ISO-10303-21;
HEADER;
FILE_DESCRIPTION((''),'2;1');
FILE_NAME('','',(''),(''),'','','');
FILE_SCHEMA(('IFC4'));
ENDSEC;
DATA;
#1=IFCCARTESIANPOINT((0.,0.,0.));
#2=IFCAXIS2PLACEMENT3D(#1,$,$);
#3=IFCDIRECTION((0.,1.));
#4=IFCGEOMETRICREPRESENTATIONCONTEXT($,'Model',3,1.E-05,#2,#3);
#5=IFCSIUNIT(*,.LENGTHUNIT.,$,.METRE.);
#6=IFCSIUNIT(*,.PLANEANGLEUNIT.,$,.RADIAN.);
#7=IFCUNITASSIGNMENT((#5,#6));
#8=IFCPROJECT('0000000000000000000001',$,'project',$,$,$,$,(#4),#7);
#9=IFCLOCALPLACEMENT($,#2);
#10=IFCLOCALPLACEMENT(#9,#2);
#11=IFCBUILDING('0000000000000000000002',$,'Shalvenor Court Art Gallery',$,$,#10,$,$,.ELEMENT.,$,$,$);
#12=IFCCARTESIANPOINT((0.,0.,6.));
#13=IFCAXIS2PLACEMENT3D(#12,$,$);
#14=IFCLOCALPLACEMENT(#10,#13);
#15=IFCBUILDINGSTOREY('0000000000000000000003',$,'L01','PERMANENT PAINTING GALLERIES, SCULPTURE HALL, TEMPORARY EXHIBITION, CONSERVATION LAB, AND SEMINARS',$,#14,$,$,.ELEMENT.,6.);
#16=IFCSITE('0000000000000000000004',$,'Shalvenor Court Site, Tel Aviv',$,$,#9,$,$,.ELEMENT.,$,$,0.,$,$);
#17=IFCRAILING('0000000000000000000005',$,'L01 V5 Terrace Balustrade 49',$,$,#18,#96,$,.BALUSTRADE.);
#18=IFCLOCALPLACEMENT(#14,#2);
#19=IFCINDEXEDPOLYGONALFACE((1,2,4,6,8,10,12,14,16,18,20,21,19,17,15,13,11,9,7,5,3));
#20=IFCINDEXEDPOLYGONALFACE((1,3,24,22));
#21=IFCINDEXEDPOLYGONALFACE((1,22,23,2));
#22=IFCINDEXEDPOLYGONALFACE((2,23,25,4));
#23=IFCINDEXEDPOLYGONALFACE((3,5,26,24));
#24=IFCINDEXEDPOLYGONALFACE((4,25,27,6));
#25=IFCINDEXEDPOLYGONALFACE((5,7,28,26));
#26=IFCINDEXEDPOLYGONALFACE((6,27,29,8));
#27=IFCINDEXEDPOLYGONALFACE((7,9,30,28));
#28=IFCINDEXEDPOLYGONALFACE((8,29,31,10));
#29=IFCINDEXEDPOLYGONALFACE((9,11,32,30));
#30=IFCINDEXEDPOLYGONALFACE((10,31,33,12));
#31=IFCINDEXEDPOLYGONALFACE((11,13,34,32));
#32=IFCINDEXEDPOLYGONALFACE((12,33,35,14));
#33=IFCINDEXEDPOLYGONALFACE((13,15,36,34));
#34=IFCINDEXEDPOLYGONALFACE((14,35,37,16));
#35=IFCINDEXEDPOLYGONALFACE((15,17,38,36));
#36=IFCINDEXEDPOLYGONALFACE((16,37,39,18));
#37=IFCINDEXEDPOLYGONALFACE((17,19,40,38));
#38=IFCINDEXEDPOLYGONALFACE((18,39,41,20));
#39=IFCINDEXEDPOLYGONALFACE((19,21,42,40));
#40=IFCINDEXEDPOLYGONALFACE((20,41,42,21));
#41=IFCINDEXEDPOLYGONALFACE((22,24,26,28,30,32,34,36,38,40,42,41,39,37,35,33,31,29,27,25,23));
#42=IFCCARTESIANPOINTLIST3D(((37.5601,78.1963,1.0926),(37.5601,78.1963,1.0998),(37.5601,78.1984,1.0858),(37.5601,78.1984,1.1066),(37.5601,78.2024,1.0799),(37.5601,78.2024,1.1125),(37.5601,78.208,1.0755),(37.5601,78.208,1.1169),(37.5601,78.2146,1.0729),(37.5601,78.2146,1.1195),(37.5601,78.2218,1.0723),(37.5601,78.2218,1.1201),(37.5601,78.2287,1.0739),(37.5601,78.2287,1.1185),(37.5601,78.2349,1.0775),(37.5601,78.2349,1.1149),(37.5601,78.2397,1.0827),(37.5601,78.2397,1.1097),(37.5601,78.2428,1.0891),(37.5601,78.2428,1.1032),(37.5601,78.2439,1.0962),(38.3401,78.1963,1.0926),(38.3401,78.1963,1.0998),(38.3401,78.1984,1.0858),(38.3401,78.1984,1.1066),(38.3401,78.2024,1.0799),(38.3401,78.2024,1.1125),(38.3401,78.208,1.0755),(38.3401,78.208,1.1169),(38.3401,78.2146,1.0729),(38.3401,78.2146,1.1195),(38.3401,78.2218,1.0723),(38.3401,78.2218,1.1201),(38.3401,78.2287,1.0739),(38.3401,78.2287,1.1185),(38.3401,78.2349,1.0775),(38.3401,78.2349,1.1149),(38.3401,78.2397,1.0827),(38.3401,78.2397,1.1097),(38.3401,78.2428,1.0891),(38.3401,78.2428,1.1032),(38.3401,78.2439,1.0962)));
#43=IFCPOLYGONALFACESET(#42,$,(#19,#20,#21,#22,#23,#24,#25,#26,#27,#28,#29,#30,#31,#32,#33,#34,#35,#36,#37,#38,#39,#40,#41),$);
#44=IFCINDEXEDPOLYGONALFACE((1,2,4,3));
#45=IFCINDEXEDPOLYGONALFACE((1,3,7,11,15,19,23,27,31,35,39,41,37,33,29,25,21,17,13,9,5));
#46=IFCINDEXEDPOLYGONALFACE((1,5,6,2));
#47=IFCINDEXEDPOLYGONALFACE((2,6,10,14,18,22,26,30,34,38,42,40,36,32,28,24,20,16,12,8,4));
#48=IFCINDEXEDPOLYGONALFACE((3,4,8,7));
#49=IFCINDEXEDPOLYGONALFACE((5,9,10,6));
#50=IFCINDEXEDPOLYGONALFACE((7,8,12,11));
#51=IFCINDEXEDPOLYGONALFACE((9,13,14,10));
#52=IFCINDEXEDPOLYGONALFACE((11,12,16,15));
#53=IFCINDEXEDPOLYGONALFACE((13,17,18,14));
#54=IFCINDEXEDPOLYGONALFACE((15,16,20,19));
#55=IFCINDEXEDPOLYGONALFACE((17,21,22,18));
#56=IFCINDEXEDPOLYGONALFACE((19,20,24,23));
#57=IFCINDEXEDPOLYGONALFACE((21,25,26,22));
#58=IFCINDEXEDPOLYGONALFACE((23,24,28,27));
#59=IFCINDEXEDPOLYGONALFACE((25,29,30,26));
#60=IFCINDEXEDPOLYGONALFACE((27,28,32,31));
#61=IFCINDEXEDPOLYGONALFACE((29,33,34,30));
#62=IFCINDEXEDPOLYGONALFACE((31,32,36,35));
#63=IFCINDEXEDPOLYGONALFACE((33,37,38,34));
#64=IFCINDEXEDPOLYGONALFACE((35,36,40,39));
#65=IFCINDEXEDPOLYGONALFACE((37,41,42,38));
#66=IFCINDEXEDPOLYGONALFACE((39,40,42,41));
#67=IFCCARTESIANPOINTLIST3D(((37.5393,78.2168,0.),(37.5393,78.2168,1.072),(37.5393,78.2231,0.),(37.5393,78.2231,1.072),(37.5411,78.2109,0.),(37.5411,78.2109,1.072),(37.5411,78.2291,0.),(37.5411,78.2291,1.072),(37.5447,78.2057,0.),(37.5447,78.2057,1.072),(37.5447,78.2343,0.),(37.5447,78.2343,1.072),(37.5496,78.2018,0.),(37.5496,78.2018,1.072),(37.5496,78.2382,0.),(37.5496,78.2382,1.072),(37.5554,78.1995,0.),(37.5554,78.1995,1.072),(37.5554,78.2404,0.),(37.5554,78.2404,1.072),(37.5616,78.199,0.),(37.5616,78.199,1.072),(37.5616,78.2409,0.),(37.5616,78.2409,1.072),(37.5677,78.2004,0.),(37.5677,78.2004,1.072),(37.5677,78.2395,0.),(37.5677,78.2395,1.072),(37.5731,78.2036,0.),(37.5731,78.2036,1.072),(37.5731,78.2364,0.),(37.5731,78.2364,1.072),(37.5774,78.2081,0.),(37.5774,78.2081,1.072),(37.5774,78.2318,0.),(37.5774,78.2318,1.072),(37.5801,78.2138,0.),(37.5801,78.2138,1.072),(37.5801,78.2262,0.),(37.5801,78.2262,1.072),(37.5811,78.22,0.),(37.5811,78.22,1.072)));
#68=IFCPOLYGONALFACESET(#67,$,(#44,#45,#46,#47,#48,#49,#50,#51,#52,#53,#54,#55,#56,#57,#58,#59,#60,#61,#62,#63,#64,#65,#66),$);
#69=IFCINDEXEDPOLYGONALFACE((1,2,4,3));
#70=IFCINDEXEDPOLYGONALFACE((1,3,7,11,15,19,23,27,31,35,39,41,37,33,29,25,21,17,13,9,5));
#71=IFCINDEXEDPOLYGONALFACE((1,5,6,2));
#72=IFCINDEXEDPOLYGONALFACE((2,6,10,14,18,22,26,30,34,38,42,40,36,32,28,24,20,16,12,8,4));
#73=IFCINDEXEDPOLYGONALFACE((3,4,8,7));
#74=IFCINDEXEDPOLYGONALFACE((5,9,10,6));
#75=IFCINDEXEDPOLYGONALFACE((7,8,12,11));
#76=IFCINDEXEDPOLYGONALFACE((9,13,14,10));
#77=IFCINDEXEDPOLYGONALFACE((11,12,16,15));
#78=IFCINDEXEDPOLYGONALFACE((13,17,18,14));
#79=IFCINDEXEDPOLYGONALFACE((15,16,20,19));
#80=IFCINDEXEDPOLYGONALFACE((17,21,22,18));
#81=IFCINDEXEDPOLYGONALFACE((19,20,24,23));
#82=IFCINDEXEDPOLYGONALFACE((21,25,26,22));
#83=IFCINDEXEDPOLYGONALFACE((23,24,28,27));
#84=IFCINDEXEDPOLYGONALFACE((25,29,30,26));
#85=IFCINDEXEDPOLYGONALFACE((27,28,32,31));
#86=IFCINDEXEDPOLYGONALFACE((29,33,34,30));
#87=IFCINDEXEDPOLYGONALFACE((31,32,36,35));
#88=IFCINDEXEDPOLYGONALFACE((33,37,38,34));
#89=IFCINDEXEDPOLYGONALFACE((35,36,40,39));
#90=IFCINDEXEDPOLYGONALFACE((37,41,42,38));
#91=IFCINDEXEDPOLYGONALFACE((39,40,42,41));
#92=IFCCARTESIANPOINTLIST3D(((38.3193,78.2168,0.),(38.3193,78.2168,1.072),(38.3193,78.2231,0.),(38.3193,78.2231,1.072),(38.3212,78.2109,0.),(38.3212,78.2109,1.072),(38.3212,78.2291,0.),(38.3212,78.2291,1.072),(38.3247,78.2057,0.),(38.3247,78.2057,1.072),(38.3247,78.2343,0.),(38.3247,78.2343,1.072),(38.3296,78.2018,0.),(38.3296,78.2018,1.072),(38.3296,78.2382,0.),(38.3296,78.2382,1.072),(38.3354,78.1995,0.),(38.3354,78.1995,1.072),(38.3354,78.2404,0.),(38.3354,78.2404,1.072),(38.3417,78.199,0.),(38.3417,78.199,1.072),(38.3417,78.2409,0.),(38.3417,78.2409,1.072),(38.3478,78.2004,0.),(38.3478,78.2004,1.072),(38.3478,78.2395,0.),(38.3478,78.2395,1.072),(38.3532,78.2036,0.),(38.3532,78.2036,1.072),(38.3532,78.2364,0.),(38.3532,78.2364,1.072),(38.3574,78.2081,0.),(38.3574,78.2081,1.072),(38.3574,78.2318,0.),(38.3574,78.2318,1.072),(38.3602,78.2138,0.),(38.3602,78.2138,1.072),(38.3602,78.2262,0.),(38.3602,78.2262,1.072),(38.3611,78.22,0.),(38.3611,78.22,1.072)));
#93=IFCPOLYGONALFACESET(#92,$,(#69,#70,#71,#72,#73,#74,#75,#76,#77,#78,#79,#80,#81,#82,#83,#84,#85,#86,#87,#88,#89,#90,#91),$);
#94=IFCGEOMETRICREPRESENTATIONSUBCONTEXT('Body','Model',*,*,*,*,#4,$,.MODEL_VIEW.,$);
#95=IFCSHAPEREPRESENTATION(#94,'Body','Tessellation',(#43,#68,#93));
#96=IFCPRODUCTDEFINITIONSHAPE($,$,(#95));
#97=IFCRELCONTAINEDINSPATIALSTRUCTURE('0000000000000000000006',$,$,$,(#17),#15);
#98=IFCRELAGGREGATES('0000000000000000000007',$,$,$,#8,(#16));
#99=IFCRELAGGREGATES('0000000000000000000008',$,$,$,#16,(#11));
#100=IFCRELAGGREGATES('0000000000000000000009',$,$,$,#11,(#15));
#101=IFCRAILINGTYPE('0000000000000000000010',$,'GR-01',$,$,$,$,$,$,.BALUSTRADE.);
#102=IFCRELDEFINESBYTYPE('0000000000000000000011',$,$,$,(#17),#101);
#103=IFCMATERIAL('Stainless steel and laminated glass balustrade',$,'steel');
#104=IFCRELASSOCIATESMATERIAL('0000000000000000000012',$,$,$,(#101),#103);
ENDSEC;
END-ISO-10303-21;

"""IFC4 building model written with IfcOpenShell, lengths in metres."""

from ifc_helpers import new_model, si_unit, direction, frame, origin, origin_2d, place, context, subcontext, project, spatial, circle, extrude, material, type_object, element, save


model = new_model("IFC4")

# Units and contexts
model_context = context("Model", 3, precision=1e-05, world=origin(), true_north=direction((0.0, 1.0)))
body_context = subcontext(model_context, "Body", "Model", "MODEL_VIEW")
ifc_project = project(units=[si_unit("LENGTHUNIT", "METRE"), si_unit("PLANEANGLEUNIT", "RADIAN")], contexts=[model_context])

# Site, building, storey
site_placement = place(None, origin())
site = spatial("IfcSite", under=ifc_project, at=site_placement, Name="Shalvenor Court Site, Tel Aviv", CompositionType="ELEMENT", RefElevation=0.0)
building_placement = place(site_placement, origin())
building = spatial("IfcBuilding", under=site, at=building_placement, Name="Shalvenor Court Art Gallery", CompositionType="ELEMENT")
storey_placement = place(building_placement, frame((0.0, 0.0, 6.0)))
storey = spatial("IfcBuildingStorey", under=building, at=storey_placement, Name="L01", Description="PERMANENT PAINTING GALLERIES, SCULPTURE HALL, TEMPORARY EXHIBITION, CONSERVATION LAB, AND SEMINARS", CompositionType="ELEMENT", Elevation=6.0)

# Railing
ifc_material_1 = material(Name="Stainless steel and laminated glass balustrade", Category="steel")
railing_type = type_object("IfcRailingType", Name="GR-01", PredefinedType="BALUSTRADE", material=ifc_material_1)
railing_1_placement = place(storey_placement, frame((37.5601, 78.22, 0.0)))
element("IfcRailing", 1, at=railing_1_placement, inside=storey, type_object=railing_type, Name="L01 V5 Terrace Balustrade 49", PredefinedType="BALUSTRADE", context=body_context, shape_type="SweptSolid", body=[
    extrude(circle(Radius=0.0239, at=origin_2d()), frame((0.0, 0.0, 1.0962), z_axis=(1.0, 0.0, 0.0), x_axis=(0.0, 1.0, 0.0)), (0.0, 0.0, 1.0), 0.78),
    extrude(circle(Radius=0.021, at=origin_2d()), origin(), (0.0, 0.0, 1.0), 1.072),
    extrude(circle(Radius=0.021, at=origin_2d()), frame((0.78, 0.0, 0.0)), (0.0, 0.0, 1.0), 1.072),
])

save(model, "model.ifc")
